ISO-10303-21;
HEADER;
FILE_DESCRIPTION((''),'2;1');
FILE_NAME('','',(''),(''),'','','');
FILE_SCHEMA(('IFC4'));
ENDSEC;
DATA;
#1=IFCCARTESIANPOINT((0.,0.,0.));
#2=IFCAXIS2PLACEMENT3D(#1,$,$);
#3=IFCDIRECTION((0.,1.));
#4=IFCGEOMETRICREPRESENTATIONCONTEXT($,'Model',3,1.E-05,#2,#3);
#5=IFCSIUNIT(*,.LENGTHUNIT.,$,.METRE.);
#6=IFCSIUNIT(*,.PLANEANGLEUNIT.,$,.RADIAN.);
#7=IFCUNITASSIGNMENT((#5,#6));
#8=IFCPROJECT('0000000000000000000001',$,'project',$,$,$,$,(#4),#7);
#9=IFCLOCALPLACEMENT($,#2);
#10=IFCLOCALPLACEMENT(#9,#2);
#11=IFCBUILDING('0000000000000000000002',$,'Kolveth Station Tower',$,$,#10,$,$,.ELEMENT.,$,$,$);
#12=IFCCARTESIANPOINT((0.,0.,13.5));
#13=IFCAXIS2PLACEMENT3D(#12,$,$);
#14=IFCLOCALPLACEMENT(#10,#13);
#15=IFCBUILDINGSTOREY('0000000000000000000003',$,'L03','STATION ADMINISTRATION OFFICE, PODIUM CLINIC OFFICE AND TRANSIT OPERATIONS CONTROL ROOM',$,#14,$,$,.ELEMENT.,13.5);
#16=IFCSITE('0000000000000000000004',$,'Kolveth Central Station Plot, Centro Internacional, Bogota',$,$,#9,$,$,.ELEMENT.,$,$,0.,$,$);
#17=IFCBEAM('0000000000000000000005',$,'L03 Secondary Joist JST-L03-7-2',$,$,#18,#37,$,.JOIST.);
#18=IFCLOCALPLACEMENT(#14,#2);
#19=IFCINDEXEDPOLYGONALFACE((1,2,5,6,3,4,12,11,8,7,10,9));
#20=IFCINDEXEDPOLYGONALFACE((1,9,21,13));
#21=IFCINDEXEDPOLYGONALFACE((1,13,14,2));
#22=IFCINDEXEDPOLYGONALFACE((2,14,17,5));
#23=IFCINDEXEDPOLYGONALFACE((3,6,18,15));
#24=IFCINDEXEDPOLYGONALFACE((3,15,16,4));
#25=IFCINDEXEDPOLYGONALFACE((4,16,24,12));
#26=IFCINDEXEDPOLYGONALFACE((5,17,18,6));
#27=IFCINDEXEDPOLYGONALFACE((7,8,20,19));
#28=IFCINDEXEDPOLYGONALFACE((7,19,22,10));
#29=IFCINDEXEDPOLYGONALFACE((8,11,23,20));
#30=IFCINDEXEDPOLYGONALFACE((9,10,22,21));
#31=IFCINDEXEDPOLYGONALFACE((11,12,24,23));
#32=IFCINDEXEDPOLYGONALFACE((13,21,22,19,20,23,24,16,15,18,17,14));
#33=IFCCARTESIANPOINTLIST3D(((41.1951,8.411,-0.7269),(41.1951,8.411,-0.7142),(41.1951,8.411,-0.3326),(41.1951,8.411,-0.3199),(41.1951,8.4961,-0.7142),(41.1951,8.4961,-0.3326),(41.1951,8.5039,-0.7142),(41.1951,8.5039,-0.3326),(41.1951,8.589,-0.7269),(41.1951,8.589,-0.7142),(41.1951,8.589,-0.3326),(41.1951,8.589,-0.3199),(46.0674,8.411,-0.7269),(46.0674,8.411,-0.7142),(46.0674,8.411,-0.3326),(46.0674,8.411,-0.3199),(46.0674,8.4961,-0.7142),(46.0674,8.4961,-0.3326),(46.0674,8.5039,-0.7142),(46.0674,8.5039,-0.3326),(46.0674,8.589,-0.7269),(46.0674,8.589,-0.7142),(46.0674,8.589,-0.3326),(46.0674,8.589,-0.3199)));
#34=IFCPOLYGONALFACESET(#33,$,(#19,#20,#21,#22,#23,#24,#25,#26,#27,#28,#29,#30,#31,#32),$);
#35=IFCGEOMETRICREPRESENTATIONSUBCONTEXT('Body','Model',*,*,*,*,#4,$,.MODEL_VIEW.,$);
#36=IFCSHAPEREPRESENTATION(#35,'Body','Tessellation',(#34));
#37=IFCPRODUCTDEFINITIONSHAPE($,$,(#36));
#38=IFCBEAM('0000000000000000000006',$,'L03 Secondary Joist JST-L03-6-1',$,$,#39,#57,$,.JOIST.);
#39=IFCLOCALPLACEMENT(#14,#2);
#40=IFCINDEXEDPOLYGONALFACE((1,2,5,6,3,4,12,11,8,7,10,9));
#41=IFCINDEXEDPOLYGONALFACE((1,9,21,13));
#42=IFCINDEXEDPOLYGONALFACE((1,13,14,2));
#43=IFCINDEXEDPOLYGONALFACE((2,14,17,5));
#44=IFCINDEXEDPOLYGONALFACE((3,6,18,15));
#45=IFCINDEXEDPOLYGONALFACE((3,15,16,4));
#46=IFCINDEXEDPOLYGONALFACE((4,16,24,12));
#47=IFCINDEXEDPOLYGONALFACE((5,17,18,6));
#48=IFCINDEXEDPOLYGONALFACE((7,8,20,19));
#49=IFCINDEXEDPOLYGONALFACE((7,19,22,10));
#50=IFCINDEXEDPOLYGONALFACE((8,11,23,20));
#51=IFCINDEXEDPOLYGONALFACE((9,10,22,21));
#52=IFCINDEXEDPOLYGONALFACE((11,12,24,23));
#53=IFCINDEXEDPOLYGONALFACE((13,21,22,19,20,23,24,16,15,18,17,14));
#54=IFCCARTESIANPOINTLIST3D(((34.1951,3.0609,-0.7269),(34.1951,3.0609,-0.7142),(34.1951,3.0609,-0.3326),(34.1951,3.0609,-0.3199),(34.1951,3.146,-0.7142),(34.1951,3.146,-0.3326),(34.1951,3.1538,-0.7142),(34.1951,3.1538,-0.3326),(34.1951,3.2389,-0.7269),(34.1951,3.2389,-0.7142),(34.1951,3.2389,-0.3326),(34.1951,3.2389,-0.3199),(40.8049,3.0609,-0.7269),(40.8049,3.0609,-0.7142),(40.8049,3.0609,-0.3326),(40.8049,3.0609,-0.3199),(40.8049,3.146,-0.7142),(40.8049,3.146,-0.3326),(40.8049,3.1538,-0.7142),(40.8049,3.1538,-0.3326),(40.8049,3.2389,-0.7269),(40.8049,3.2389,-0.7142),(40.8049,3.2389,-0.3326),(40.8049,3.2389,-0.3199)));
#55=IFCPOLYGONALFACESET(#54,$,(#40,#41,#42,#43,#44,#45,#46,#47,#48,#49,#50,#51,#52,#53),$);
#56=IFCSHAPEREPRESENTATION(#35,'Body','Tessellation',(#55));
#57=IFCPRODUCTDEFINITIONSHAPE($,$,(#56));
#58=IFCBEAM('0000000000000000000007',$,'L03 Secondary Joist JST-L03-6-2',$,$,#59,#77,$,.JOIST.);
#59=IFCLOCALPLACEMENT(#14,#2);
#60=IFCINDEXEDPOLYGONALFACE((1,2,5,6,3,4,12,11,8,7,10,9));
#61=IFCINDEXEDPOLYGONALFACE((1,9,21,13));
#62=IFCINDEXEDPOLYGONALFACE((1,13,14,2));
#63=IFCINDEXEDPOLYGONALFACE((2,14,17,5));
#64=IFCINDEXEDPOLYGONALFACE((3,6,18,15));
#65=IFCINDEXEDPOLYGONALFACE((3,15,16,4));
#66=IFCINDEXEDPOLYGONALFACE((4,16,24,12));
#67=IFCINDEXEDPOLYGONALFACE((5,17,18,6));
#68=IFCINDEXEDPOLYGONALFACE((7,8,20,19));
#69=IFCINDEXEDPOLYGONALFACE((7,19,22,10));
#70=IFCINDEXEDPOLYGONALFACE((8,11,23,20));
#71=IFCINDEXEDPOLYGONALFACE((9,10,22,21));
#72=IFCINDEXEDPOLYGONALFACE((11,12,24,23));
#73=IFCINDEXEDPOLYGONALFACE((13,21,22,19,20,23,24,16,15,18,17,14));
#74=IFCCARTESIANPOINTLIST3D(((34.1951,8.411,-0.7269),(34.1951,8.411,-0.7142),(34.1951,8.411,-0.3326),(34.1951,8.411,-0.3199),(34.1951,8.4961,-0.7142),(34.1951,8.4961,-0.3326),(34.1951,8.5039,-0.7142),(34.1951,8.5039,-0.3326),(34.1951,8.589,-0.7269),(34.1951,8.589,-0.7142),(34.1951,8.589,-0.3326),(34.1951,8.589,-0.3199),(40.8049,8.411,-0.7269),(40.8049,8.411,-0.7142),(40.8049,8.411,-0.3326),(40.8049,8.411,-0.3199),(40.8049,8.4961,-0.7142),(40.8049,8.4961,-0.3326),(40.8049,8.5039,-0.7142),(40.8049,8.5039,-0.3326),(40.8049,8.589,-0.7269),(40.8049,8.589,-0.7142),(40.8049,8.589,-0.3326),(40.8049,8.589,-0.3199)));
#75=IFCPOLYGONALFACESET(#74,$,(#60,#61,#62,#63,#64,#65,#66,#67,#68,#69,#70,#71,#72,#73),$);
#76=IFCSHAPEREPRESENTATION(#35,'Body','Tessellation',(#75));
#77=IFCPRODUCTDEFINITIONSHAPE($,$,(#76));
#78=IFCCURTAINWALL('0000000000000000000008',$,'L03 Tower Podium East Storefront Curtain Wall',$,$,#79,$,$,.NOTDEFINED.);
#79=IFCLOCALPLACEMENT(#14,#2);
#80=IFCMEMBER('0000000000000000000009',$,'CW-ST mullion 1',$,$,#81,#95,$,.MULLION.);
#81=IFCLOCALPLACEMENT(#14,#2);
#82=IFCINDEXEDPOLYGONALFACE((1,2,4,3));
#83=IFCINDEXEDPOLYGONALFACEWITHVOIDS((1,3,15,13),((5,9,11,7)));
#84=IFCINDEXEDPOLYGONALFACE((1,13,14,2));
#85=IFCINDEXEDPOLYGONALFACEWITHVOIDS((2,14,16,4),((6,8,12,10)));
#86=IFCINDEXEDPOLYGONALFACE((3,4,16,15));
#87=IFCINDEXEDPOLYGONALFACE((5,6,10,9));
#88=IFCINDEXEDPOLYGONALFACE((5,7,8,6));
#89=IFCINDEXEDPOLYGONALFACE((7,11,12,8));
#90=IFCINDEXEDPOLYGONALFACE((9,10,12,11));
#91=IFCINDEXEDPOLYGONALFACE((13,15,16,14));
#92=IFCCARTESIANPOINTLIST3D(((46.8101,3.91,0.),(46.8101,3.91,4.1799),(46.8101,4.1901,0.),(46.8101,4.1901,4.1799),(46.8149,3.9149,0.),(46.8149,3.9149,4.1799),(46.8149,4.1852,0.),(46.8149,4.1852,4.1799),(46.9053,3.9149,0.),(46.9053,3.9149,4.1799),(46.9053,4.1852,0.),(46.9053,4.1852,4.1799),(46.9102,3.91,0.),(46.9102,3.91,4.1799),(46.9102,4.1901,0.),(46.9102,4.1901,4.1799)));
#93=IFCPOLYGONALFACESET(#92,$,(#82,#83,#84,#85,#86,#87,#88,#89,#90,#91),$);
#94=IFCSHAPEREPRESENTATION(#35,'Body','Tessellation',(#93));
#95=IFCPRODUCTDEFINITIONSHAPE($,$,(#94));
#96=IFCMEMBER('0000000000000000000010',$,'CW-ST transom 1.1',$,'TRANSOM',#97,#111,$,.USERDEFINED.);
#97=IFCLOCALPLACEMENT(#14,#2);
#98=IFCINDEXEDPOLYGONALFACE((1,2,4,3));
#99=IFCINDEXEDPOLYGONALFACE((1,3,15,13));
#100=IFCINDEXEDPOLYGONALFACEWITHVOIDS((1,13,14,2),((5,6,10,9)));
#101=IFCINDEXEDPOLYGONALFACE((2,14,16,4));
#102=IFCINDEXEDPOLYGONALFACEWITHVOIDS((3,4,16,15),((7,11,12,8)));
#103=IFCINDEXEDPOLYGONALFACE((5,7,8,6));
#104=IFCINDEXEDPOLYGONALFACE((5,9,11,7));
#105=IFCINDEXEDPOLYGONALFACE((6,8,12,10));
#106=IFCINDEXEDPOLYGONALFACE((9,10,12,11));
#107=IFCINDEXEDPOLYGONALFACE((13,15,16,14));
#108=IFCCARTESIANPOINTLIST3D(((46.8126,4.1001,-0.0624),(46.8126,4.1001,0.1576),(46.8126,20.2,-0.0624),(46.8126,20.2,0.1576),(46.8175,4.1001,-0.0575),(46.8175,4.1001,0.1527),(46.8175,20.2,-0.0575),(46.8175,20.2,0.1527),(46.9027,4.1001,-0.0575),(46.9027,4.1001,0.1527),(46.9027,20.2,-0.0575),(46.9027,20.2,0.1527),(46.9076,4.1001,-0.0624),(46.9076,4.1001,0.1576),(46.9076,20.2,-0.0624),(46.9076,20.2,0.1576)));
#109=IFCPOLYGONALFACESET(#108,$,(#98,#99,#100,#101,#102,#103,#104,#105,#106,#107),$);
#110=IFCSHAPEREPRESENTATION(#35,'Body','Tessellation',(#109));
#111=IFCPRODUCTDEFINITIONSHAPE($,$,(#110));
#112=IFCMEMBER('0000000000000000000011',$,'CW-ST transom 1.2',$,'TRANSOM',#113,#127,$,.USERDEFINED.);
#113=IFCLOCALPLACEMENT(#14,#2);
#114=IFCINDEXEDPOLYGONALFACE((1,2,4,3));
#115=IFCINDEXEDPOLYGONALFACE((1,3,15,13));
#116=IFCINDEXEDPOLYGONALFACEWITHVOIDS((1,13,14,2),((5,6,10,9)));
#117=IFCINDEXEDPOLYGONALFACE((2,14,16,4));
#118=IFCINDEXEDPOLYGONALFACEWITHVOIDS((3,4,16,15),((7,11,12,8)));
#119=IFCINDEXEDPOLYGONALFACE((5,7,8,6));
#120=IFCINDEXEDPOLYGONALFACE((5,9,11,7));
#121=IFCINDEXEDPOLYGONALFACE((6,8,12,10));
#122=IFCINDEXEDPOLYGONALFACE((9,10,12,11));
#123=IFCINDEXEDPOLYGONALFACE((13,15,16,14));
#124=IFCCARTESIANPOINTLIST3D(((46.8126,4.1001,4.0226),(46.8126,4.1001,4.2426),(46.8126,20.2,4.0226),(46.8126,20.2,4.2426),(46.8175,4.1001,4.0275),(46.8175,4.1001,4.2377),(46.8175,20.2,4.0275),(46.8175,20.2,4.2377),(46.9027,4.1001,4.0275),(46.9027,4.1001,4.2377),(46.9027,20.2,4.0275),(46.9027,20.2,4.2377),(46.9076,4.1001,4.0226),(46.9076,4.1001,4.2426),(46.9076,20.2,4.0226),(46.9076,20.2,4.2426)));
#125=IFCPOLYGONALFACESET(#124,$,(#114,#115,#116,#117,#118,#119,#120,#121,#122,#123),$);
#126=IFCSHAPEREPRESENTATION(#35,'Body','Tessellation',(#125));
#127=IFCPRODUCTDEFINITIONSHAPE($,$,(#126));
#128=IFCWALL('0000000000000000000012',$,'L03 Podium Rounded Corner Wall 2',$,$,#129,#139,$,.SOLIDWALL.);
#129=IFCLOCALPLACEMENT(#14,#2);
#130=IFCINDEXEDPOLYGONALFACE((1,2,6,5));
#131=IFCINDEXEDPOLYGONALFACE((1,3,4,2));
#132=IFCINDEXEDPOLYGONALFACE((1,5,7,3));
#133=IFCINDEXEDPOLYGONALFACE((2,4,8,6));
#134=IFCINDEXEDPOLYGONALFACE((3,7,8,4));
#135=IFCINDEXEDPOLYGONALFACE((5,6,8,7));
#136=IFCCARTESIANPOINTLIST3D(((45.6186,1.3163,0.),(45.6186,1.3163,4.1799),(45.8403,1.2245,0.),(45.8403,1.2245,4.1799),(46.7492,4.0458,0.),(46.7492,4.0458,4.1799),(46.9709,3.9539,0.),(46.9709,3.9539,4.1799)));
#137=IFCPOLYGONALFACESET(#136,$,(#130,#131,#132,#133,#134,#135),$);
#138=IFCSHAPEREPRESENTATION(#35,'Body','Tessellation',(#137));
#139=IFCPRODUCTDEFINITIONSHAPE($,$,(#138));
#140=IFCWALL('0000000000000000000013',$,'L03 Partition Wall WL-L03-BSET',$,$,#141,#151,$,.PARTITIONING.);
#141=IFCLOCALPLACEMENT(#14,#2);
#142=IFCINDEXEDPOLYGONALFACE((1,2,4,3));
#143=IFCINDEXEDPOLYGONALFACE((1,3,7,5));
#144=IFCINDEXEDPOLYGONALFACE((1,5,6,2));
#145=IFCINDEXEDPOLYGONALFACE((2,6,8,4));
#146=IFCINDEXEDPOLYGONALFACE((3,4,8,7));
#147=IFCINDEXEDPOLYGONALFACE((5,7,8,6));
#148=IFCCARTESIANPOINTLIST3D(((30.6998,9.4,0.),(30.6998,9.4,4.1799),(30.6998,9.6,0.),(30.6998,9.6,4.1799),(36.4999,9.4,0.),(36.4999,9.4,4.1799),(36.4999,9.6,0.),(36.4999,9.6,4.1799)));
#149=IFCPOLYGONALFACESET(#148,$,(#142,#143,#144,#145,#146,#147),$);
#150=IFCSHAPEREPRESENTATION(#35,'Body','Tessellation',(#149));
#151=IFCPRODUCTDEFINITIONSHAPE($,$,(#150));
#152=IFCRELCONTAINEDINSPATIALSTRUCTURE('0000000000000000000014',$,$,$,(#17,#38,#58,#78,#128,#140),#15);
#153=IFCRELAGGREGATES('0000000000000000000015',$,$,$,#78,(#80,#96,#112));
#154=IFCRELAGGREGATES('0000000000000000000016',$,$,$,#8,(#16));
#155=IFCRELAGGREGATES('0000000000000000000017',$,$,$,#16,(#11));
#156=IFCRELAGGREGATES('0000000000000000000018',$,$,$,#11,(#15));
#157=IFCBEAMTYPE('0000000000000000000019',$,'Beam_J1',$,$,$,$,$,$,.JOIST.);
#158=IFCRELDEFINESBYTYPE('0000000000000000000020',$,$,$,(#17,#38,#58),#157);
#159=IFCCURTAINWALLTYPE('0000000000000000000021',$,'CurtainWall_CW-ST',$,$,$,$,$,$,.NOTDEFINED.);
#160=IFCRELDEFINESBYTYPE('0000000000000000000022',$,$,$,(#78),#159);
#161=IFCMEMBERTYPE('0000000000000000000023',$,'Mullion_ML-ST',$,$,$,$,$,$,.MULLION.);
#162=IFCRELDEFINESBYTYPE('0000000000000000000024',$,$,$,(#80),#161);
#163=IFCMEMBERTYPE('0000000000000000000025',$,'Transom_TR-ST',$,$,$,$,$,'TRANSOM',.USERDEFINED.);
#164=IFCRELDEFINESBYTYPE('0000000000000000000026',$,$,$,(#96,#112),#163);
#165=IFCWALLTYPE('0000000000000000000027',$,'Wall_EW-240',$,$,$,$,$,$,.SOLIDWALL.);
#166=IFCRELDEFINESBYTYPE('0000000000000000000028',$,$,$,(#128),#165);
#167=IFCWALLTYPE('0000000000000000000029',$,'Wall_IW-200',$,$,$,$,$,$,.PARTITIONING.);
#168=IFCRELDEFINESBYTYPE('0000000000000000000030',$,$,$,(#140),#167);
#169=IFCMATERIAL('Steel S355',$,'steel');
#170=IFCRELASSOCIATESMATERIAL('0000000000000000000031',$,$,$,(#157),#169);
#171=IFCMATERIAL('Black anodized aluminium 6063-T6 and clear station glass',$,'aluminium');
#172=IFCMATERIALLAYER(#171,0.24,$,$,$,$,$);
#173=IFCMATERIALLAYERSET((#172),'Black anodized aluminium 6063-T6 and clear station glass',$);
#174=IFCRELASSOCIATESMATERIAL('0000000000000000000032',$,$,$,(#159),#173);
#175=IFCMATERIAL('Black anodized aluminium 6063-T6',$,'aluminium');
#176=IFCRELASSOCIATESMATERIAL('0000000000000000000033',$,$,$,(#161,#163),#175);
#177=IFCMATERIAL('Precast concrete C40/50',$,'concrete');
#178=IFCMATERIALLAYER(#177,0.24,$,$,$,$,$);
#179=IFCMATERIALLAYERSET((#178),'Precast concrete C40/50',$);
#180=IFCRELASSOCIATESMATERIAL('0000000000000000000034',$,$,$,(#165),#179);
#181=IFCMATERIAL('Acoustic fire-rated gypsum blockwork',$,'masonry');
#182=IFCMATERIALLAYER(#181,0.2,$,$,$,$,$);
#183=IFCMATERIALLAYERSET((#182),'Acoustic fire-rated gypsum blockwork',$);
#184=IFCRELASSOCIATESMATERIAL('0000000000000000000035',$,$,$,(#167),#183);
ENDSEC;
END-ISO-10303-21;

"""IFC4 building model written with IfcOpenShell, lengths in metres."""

from ifc_helpers import new_model, si_unit, direction, frame, frame_2d, origin, origin_2d, place, context, subcontext, project, spatial, rectangle, hollow_rectangle, i_section, extrude, source, transform, mapped, material, layer, layer_set, material_profile, profile_set, type_object, element, aggregate, save


model = new_model("IFC4")

# Units and contexts
model_context = context("Model", 3, precision=1e-05, world=origin(), true_north=direction((0.0, 1.0)))
body_context = subcontext(model_context, "Body", "Model", "MODEL_VIEW")
ifc_project = project(units=[si_unit("LENGTHUNIT", "METRE"), si_unit("PLANEANGLEUNIT", "RADIAN")], contexts=[model_context])

# Site, building, storey
site_placement = place(None, origin())
site = spatial("IfcSite", under=ifc_project, at=site_placement, Name="Kolveth Central Station Plot, Centro Internacional, Bogota", CompositionType="ELEMENT", RefElevation=0.0)
building_placement = place(site_placement, origin())
building = spatial("IfcBuilding", under=site, at=building_placement, Name="Kolveth Station Tower", CompositionType="ELEMENT")
storey_placement = place(building_placement, frame((0.0, 0.0, 13.5)))
storey = spatial("IfcBuildingStorey", under=building, at=storey_placement, Name="L03", Description="STATION ADMINISTRATION OFFICE, PODIUM CLINIC OFFICE AND TRANSIT OPERATIONS CONTROL ROOM", CompositionType="ELEMENT", Elevation=13.5)

# Beams
ifc_material_1 = material(Name="Steel S355", Category="steel")
ifc_material_profile_1 = material_profile(ifc_material_1, i_section(OverallWidth=0.178, OverallDepth=0.407, WebThickness=0.0078, FlangeThickness=0.0127, at=origin_2d()), Name="W410x60")
ifc_profile_set_1 = profile_set([ifc_material_profile_1], Name="Steel S355")
beam_type_1 = type_object("IfcBeamType", Name="Beam_J1", PredefinedType="JOIST", material=ifc_profile_set_1)
shared_shape_1 = source(origin(), body_context, "Body", "SweptSolid", [
    extrude(i_section(OverallWidth=0.178, OverallDepth=0.407, WebThickness=0.0078, FlangeThickness=0.0127, at=origin_2d()), origin(), (0.0, 0.0, 1.0), 4.8723),
])
beam_1_placement = place(storey_placement, frame((41.1951, 8.5, -0.5234), z_axis=(1.0, 0.0, 0.0), x_axis=(0.0, 1.0, 0.0)))
element("IfcBeam", 1, at=beam_1_placement, inside=storey, type_object=beam_type_1, Name="L03 Secondary Joist JST-L03-7-2", PredefinedType="JOIST", context=body_context, shape_type="MappedRepresentation", body=[
    mapped(shared_shape_1, transform((0.0, 0.0, 0.0), x_axis=(1.0, 0.0, 0.0), y_axis=(0.0, 1.0, 0.0), z_axis=(0.0, 0.0, 1.0), scale=1.0)),
])
shared_shape_2 = source(origin(), body_context, "Body", "SweptSolid", [
    extrude(i_section(OverallWidth=0.178, OverallDepth=0.407, WebThickness=0.0078, FlangeThickness=0.0127, at=origin_2d()), origin(), (0.0, 0.0, 1.0), 6.6099),
])
for number, where, z_axis, x_axis, name in (
    (2, (34.1951, 3.1499, -0.5234), (1.0, 0.0, 0.0), (0.0, 1.0, 0.0), "L03 Secondary Joist JST-L03-6-1"),
    (3, (34.1951, 8.5, -0.5234), (1.0, 0.0, 0.0), (0.0, 1.0, 0.0), "L03 Secondary Joist JST-L03-6-2"),
):
    element("IfcBeam", number, at=place(storey_placement, frame(where, z_axis=z_axis, x_axis=x_axis)), inside=storey, type_object=beam_type_1, Name=name, PredefinedType="JOIST", context=body_context, shape_type="MappedRepresentation", body=[
        mapped(shared_shape_2, transform((0.0, 0.0, 0.0), x_axis=(1.0, 0.0, 0.0), y_axis=(0.0, 1.0, 0.0), z_axis=(0.0, 0.0, 1.0), scale=1.0)),
    ])

# Curtain wall, members
ifc_material_2 = material(Name="Black anodized aluminium 6063-T6 and clear station glass", Category="aluminium")
ifc_layer_1 = layer(ifc_material_2, 0.24)
ifc_layer_set_1 = layer_set([ifc_layer_1], Name="Black anodized aluminium 6063-T6 and clear station glass")
curtain_wall_type = type_object("IfcCurtainWallType", Name="CurtainWall_CW-ST", PredefinedType="NOTDEFINED", material=ifc_layer_set_1)
curtain_wall_placement = place(storey_placement, origin())
curtain_wall = element("IfcCurtainWall", 4, at=curtain_wall_placement, inside=storey, type_object=curtain_wall_type, Name="L03 Tower Podium East Storefront Curtain Wall", PredefinedType="NOTDEFINED")
ifc_material_3 = material(Name="Black anodized aluminium 6063-T6", Category="aluminium")
ifc_material_profile_2 = material_profile(ifc_material_3, hollow_rectangle(XDim=0.1001, YDim=0.28, WallThickness=0.0049, at=origin_2d()), Name="ALU-100x280x5")
ifc_profile_set_2 = profile_set([ifc_material_profile_2], Name="Black anodized aluminium 6063-T6")
member_type_1 = type_object("IfcMemberType", Name="Mullion_ML-ST", PredefinedType="MULLION", material=ifc_profile_set_2)
shared_shape_3 = source(origin(), body_context, "Body", "SweptSolid", [
    extrude(hollow_rectangle(XDim=0.1001, YDim=0.28, WallThickness=0.0049, at=origin_2d()), origin(), (0.0, 0.0, 1.0), 4.1799),
])
member_1_placement = place(storey_placement, frame((46.8601, 4.05, 0.0), z_axis=(0.0, 0.0, 1.0), x_axis=(-1.0, 0.0, 0.0)))
member_1 = element("IfcMember", 5, at=member_1_placement, type_object=member_type_1, Name="CW-ST mullion 1", PredefinedType="MULLION", context=body_context, shape_type="MappedRepresentation", body=[
    mapped(shared_shape_3, transform((0.0, 0.0, 0.0), x_axis=(1.0, 0.0, 0.0), y_axis=(0.0, 1.0, 0.0), z_axis=(0.0, 0.0, 1.0), scale=1.0)),
])
ifc_material_profile_3 = material_profile(ifc_material_3, hollow_rectangle(XDim=0.095, YDim=0.22, WallThickness=0.0049, at=origin_2d()), Name="ALU-95x220x5")
ifc_profile_set_3 = profile_set([ifc_material_profile_3], Name="Black anodized aluminium 6063-T6")
member_type_2 = type_object("IfcMemberType", Name="Transom_TR-ST", ElementType="TRANSOM", PredefinedType="USERDEFINED", material=ifc_profile_set_3)
shared_shape_4 = source(origin(), body_context, "Body", "SweptSolid", [
    extrude(hollow_rectangle(XDim=0.095, YDim=0.22, WallThickness=0.0049, at=origin_2d()), origin(), (0.0, 0.0, 1.0), 16.0999),
])
member_2_placement = place(storey_placement, frame((46.8601, 4.1001, 0.0476), z_axis=(0.0, 1.0, 0.0), x_axis=(-1.0, 0.0, 0.0)))
member_2 = element("IfcMember", 6, at=member_2_placement, type_object=member_type_2, Name="CW-ST transom 1.1", ObjectType="TRANSOM", PredefinedType="USERDEFINED", context=body_context, shape_type="MappedRepresentation", body=[
    mapped(shared_shape_4, transform((0.0, 0.0, 0.0), x_axis=(1.0, 0.0, 0.0), y_axis=(0.0, 1.0, 0.0), z_axis=(0.0, 0.0, 1.0), scale=1.0)),
])
member_3_placement = place(storey_placement, frame((46.8601, 4.1001, 4.1326), z_axis=(0.0, 1.0, 0.0), x_axis=(-1.0, 0.0, 0.0)))
member_3 = element("IfcMember", 7, at=member_3_placement, type_object=member_type_2, Name="CW-ST transom 1.2", ObjectType="TRANSOM", PredefinedType="USERDEFINED", context=body_context, shape_type="MappedRepresentation", body=[
    mapped(shared_shape_4, transform((0.0, 0.0, 0.0), x_axis=(1.0, 0.0, 0.0), y_axis=(0.0, 1.0, 0.0), z_axis=(0.0, 0.0, 1.0), scale=1.0)),
])
aggregate(curtain_wall, [member_1, member_2, member_3])

# Walls
ifc_material_4 = material(Name="Precast concrete C40/50", Category="concrete")
ifc_layer_2 = layer(ifc_material_4, 0.24)
ifc_layer_set_2 = layer_set([ifc_layer_2], Name="Precast concrete C40/50")
wall_type_1 = type_object("IfcWallType", Name="Wall_EW-240", PredefinedType="SOLIDWALL", material=ifc_layer_set_2)
wall_1_placement = place(storey_placement, frame((45.7295, 1.2705, 0.0), z_axis=(0.0, 0.0, 1.0), x_axis=(0.38269, 0.923877, 0.0)))
element("IfcWall", 8, at=wall_1_placement, inside=storey, type_object=wall_type_1, Name="L03 Podium Rounded Corner Wall 2", PredefinedType="SOLIDWALL", context=body_context, shape_type="SweptSolid", body=[
    extrude(rectangle(XDim=2.9543, YDim=0.24, at=frame_2d((1.4771, 0.0))), origin(), (0.0, 0.0, 1.0), 4.1799),
])
ifc_material_5 = material(Name="Acoustic fire-rated gypsum blockwork", Category="masonry")
ifc_layer_3 = layer(ifc_material_5, 0.2)
ifc_layer_set_3 = layer_set([ifc_layer_3], Name="Acoustic fire-rated gypsum blockwork")
wall_type_2 = type_object("IfcWallType", Name="Wall_IW-200", PredefinedType="PARTITIONING", material=ifc_layer_set_3)
wall_2_placement = place(storey_placement, frame((30.7, 9.5, 0.0), z_axis=(0.0, 0.0, 1.0), x_axis=(1.0, 0.0, 0.0)))
element("IfcWall", 9, at=wall_2_placement, inside=storey, type_object=wall_type_2, Name="L03 Partition Wall WL-L03-BSET", PredefinedType="PARTITIONING", context=body_context, shape_type="SweptSolid", body=[
    extrude(rectangle(XDim=5.8, YDim=0.2, at=frame_2d((2.8999, 0.0))), origin(), (0.0, 0.0, 1.0), 4.1799),
])

save(model, "model.ifc")
